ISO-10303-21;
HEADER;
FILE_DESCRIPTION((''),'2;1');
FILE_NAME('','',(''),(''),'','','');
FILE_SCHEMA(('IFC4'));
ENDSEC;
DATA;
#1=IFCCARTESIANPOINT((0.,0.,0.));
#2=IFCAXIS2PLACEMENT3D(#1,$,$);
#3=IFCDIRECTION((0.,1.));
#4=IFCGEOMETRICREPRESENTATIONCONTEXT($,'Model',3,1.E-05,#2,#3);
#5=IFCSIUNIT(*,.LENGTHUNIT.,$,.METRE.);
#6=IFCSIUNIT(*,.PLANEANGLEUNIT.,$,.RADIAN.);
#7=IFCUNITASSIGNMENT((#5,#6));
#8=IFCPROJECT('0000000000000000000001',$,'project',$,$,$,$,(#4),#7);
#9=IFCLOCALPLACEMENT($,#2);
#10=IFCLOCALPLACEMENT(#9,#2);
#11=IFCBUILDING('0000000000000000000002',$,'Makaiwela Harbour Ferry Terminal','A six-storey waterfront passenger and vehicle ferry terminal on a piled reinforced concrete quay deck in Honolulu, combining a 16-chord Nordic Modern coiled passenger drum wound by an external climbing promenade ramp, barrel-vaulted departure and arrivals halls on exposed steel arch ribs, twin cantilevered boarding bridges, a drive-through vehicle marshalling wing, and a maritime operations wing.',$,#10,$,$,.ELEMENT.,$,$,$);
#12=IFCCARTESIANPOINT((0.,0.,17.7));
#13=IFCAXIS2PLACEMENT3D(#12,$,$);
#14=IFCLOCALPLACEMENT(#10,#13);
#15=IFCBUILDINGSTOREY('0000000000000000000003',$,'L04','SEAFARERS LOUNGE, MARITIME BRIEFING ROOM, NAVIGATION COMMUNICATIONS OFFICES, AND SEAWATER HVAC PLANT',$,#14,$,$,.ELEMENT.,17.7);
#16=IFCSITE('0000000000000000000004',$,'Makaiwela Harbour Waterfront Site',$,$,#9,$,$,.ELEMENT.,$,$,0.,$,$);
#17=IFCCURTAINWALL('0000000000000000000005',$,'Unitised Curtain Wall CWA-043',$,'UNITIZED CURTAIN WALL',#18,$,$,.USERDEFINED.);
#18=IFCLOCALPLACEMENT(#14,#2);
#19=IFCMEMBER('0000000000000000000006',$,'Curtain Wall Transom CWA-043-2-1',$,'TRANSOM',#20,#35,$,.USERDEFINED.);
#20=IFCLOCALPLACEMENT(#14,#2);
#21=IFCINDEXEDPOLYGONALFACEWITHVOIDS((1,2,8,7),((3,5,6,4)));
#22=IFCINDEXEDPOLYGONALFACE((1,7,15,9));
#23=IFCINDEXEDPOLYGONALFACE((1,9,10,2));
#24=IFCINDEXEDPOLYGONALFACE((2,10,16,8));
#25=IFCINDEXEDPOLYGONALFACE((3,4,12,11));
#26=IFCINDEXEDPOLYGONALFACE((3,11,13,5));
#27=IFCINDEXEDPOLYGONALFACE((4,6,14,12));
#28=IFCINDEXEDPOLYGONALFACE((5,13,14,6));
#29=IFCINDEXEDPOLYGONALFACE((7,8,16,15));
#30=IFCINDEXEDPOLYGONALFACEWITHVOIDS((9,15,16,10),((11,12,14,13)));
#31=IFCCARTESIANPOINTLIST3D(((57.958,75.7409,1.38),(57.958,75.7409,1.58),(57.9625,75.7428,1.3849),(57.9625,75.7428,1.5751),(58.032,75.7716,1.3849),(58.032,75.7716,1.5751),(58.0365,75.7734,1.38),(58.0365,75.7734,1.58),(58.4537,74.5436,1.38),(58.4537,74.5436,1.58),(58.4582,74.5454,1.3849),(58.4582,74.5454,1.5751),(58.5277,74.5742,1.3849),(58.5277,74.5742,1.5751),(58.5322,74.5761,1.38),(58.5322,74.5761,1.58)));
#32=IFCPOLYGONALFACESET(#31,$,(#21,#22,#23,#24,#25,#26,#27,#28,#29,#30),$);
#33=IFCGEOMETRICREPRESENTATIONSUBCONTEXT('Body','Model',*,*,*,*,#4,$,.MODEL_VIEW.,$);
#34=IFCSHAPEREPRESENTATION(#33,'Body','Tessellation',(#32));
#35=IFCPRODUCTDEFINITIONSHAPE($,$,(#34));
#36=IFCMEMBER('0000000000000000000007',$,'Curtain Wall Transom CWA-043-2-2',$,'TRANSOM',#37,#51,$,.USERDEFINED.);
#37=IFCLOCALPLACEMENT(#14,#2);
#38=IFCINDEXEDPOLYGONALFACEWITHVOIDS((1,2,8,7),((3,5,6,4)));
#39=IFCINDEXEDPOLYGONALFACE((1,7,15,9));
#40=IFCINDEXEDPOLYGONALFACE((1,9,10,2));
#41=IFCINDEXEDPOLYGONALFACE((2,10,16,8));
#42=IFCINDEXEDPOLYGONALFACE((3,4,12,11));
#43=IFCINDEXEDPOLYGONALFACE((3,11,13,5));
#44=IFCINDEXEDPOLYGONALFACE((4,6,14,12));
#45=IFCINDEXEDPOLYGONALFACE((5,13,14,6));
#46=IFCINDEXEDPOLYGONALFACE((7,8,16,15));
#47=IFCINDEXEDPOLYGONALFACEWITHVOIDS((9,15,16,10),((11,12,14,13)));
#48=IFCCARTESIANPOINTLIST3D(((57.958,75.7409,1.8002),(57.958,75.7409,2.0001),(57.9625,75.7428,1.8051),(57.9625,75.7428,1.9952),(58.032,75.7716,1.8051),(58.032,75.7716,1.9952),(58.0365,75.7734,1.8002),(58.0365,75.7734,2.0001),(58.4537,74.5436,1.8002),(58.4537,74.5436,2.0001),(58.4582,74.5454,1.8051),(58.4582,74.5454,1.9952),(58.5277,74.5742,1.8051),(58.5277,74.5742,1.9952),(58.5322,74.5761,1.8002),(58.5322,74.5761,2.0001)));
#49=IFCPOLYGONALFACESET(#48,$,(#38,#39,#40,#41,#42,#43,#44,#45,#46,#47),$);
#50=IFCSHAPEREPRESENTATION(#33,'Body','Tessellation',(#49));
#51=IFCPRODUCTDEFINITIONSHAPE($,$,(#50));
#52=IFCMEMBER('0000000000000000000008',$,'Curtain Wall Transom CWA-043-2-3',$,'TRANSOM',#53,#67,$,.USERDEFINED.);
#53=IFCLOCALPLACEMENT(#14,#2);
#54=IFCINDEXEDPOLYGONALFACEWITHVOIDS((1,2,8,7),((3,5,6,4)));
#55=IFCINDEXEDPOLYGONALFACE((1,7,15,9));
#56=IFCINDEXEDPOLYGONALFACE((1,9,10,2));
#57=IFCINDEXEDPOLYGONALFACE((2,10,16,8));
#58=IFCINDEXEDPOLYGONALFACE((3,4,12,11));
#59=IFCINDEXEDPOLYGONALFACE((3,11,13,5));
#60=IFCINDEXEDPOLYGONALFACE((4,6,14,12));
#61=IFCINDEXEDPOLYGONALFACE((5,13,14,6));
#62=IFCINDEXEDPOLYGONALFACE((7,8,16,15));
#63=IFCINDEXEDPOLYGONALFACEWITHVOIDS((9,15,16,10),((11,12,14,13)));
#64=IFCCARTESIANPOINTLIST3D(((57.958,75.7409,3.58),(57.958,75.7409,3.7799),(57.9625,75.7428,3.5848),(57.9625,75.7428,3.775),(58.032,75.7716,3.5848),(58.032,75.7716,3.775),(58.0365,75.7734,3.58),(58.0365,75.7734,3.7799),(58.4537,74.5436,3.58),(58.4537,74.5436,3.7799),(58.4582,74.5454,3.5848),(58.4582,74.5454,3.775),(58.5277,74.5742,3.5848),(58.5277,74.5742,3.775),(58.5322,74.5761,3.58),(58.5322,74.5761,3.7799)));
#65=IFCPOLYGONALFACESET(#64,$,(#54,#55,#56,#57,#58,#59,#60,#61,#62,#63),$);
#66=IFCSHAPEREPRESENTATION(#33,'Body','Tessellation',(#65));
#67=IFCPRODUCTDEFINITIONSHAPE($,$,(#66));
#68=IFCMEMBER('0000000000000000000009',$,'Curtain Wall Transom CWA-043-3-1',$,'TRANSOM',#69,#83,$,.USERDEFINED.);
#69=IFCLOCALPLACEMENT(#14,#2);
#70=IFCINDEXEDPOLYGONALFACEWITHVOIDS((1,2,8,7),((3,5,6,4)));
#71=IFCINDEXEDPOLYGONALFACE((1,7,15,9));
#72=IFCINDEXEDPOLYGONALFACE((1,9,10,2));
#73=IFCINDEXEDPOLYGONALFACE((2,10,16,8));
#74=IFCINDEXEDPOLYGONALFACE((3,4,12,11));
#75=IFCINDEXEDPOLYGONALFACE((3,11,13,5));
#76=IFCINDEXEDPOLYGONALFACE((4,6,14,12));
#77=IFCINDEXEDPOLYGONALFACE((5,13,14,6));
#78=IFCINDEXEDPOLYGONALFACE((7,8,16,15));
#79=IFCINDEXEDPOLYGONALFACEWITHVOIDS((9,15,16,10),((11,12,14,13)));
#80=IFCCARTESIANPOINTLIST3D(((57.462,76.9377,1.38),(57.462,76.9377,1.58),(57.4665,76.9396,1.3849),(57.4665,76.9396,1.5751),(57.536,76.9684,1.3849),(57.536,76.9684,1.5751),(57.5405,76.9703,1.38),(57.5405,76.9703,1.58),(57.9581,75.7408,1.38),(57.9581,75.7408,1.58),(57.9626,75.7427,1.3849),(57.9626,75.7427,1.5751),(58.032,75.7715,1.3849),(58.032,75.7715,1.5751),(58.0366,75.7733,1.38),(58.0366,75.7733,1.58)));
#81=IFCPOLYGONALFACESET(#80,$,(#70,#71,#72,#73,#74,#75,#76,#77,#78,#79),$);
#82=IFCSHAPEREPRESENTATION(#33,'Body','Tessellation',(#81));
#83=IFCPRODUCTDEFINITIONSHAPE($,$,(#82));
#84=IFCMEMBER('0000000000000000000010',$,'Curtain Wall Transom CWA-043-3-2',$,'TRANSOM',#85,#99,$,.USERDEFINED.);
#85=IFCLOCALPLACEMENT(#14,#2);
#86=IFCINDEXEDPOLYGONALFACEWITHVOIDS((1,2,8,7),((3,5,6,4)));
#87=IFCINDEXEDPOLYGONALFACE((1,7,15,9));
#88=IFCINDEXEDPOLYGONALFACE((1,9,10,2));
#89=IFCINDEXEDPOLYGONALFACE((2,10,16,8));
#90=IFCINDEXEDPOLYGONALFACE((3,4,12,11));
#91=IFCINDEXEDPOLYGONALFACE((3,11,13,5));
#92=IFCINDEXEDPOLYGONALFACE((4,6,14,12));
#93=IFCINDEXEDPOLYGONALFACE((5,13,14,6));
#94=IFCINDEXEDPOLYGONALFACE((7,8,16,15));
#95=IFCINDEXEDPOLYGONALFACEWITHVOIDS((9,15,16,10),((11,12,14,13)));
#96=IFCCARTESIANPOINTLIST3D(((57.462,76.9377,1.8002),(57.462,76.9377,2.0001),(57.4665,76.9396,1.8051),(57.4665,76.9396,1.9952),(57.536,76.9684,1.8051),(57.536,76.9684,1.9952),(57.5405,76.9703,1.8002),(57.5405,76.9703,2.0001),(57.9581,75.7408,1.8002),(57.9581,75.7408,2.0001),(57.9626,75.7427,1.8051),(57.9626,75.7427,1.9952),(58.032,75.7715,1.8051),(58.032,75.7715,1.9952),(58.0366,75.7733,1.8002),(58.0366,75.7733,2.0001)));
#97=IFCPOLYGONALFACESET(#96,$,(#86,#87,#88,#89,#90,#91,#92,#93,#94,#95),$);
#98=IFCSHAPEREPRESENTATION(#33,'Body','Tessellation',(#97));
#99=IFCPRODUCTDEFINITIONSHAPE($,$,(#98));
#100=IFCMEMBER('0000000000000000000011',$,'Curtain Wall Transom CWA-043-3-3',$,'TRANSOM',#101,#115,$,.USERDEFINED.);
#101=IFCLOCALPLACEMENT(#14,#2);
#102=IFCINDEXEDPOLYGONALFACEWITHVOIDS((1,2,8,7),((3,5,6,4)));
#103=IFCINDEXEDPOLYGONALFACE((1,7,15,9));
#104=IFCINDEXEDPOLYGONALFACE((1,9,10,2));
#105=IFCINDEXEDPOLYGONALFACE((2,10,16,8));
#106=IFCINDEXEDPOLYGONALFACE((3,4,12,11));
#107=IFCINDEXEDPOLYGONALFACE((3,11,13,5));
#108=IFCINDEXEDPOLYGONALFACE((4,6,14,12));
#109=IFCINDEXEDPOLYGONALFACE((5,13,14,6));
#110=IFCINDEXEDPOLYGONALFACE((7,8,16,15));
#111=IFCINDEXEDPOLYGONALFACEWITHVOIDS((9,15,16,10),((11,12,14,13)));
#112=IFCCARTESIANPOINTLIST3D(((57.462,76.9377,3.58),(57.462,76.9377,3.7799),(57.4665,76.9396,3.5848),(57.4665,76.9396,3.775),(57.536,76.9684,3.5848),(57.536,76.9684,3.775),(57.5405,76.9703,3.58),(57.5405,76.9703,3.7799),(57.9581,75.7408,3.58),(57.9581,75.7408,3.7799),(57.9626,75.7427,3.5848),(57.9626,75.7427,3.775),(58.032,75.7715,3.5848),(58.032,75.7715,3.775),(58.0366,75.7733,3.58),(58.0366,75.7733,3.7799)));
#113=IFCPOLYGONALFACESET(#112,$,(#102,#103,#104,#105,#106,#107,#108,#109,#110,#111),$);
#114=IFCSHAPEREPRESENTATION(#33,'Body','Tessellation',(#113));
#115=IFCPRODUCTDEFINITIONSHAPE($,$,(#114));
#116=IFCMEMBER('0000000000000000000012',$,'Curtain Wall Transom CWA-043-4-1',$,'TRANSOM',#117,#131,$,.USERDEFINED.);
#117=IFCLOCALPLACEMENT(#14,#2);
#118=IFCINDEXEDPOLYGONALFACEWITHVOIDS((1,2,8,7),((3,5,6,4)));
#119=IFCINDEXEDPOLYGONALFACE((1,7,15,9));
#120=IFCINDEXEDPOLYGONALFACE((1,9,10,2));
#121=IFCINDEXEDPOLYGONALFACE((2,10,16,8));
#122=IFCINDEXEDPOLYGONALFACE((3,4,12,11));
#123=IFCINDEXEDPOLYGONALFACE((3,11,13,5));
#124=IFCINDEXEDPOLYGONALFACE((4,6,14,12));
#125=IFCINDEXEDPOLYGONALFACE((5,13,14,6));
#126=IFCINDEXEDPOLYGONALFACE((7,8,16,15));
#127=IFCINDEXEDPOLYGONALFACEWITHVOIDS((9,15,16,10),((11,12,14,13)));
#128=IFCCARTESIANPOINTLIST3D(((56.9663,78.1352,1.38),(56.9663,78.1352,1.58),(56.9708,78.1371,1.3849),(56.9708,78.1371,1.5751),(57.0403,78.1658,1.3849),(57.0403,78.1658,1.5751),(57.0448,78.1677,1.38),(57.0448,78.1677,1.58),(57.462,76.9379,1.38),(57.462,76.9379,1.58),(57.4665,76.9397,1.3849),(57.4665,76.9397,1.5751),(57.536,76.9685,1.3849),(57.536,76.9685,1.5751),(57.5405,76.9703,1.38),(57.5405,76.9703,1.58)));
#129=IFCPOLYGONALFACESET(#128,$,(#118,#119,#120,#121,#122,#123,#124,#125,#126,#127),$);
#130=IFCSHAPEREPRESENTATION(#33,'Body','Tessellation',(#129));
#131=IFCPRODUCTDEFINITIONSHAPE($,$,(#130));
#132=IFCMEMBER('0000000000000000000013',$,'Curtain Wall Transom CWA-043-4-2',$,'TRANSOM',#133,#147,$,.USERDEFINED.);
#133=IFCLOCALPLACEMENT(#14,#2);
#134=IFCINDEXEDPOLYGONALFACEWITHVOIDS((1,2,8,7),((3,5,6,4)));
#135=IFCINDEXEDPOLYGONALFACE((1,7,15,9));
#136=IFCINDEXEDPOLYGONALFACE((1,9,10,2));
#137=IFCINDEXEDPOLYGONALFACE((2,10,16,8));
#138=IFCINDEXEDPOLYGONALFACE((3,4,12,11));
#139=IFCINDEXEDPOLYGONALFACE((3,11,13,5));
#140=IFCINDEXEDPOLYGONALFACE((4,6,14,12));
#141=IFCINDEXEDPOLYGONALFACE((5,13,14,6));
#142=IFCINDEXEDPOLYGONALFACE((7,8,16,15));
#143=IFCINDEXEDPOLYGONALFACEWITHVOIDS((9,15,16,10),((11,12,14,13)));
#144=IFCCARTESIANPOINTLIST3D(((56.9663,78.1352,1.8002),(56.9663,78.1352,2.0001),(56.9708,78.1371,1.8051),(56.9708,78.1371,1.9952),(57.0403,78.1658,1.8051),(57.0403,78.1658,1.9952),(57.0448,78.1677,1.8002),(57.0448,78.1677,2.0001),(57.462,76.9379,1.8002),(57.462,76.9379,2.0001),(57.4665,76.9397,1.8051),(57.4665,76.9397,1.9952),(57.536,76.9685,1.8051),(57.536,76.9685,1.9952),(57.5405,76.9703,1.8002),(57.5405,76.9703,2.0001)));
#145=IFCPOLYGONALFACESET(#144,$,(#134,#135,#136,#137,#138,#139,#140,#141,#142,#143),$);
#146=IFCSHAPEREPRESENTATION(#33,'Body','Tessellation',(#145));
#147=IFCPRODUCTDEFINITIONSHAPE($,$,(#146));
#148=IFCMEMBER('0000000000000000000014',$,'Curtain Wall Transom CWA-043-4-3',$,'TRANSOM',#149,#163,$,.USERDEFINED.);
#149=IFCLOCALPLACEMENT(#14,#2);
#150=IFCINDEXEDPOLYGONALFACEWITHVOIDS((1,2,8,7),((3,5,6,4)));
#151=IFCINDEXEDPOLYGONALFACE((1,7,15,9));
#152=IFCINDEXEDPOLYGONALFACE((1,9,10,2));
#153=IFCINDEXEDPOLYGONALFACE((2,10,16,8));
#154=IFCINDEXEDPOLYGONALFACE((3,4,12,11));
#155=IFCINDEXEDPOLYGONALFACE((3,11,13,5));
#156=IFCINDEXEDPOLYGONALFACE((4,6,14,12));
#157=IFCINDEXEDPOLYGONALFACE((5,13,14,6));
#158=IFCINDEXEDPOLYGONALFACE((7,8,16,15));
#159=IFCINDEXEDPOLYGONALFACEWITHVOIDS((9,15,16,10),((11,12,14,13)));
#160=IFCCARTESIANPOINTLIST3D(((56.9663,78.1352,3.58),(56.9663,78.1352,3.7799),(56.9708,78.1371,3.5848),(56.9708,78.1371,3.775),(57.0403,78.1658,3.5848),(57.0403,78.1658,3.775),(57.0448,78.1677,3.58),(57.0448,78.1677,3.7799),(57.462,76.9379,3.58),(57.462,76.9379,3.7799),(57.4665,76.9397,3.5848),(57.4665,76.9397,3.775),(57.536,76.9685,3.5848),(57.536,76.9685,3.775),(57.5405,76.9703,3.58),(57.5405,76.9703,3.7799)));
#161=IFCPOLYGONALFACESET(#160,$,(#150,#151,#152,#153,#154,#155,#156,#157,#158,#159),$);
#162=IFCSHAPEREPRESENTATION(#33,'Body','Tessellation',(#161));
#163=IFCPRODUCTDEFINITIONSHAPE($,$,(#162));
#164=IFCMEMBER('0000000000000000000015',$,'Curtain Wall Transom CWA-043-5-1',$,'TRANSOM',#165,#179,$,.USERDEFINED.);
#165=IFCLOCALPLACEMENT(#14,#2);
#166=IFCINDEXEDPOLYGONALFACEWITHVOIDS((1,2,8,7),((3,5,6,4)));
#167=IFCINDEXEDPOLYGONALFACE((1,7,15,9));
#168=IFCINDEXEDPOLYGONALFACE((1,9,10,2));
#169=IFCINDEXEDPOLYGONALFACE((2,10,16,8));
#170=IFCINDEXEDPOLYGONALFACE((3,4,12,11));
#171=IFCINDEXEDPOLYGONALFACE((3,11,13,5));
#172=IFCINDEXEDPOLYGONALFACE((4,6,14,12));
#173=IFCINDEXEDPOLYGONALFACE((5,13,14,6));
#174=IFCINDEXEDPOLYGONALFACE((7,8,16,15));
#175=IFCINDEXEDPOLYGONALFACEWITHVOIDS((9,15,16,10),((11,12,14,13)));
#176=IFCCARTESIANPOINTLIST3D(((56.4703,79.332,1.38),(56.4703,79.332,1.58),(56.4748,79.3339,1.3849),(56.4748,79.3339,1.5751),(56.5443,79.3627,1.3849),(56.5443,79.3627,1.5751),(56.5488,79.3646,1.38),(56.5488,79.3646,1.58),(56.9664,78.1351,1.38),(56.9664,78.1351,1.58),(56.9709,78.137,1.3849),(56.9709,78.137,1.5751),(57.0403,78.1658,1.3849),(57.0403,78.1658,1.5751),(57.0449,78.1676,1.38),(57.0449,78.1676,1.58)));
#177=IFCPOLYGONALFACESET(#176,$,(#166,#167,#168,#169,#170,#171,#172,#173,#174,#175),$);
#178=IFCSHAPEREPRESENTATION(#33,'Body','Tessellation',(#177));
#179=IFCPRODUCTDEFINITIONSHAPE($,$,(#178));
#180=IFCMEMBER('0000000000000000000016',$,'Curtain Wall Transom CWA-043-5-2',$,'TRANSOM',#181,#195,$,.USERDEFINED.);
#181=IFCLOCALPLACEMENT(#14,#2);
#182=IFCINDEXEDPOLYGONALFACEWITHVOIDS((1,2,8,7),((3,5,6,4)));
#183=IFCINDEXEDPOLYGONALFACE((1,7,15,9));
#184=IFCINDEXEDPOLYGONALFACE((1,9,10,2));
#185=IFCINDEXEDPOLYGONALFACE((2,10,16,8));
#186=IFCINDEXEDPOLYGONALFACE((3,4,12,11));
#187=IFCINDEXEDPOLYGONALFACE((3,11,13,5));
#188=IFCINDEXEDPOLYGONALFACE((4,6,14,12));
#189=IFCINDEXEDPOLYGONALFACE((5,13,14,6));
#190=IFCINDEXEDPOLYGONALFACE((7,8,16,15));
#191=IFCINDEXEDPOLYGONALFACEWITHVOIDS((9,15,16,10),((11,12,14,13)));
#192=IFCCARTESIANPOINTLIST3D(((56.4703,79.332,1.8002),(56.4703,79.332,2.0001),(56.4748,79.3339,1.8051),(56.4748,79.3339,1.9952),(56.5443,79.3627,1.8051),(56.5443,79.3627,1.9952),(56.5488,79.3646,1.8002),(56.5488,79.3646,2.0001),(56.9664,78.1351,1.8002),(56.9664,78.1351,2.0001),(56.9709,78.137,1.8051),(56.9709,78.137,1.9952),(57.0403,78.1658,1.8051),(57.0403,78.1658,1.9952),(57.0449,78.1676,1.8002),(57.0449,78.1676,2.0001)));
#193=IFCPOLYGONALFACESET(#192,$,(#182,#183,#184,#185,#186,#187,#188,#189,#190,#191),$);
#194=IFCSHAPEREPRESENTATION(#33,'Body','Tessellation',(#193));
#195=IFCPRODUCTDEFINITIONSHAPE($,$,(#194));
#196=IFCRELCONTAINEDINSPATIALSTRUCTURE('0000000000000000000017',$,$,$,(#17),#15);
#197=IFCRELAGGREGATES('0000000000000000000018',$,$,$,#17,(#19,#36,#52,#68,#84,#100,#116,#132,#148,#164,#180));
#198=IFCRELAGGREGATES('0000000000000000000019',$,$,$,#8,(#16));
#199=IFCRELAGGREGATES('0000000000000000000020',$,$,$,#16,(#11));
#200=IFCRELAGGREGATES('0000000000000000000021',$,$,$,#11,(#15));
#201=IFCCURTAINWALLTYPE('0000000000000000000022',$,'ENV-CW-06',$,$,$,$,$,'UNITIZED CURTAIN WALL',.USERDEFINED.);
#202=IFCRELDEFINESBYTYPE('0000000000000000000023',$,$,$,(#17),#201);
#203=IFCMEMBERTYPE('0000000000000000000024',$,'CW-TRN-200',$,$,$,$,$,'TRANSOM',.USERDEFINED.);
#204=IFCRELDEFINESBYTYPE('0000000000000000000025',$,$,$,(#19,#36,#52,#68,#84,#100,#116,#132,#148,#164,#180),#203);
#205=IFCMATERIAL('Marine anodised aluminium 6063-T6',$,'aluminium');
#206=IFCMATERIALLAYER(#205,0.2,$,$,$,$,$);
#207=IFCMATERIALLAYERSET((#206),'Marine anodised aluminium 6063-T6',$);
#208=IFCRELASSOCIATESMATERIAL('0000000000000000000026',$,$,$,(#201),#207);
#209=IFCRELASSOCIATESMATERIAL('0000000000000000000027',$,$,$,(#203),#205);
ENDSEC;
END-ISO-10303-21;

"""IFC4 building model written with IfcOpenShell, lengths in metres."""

from ifc_helpers import new_model, si_unit, direction, frame, origin, origin_2d, place, context, subcontext, project, spatial, hollow_rectangle, extrude, material, layer, layer_set, material_profile, profile_set, type_object, element, aggregate, save


model = new_model("IFC4")

# Units and contexts
model_context = context("Model", 3, precision=1e-05, world=origin(), true_north=direction((0.0, 1.0)))
body_context = subcontext(model_context, "Body", "Model", "MODEL_VIEW")
ifc_project = project(units=[si_unit("LENGTHUNIT", "METRE"), si_unit("PLANEANGLEUNIT", "RADIAN")], contexts=[model_context])

# Site, building, storey
site_placement = place(None, origin())
site = spatial("IfcSite", under=ifc_project, at=site_placement, Name="Makaiwela Harbour Waterfront Site", CompositionType="ELEMENT", RefElevation=0.0)
building_placement = place(site_placement, origin())
building = spatial("IfcBuilding", under=site, at=building_placement, Name="Makaiwela Harbour Ferry Terminal", Description="A six-storey waterfront passenger and vehicle ferry terminal on a piled reinforced concrete quay deck in Honolulu, combining a 16-chord Nordic Modern coiled passenger drum wound by an external climbing promenade ramp, barrel-vaulted departure and arrivals halls on exposed steel arch ribs, twin cantilevered boarding bridges, a drive-through vehicle marshalling wing, and a maritime operations wing.", CompositionType="ELEMENT")
storey_placement = place(building_placement, frame((0.0, 0.0, 17.7)))
storey = spatial("IfcBuildingStorey", under=building, at=storey_placement, Name="L04", Description="SEAFARERS LOUNGE, MARITIME BRIEFING ROOM, NAVIGATION COMMUNICATIONS OFFICES, AND SEAWATER HVAC PLANT", CompositionType="ELEMENT", Elevation=17.7)

# Curtain wall, members
ifc_material_1 = material(Name="Marine anodised aluminium 6063-T6", Category="aluminium")
ifc_layer_1 = layer(ifc_material_1, 0.2)
ifc_layer_set_1 = layer_set([ifc_layer_1], Name="Marine anodised aluminium 6063-T6")
curtain_wall_type = type_object("IfcCurtainWallType", Name="ENV-CW-06", ElementType="UNITIZED CURTAIN WALL", PredefinedType="USERDEFINED", material=ifc_layer_set_1)
curtain_wall_placement = place(storey_placement, origin())
curtain_wall = element("IfcCurtainWall", 1, at=curtain_wall_placement, inside=storey, type_object=curtain_wall_type, Name="Unitised Curtain Wall CWA-043", ObjectType="UNITIZED CURTAIN WALL", PredefinedType="USERDEFINED")
ifc_material_profile_1 = material_profile(ifc_material_1, hollow_rectangle(XDim=0.085, YDim=0.2, WallThickness=0.0049, at=origin_2d()), Name="CWT-200X85")
ifc_profile_set_1 = profile_set([ifc_material_profile_1], Name="Marine anodised aluminium 6063-T6")
member_type_1 = type_object("IfcMemberType", Name="CW-TRN-200", ElementType="TRANSOM", PredefinedType="USERDEFINED", material=ifc_profile_set_1)
member_1_placement = place(storey_placement, frame((58.4929, 74.5598, 1.48), z_axis=(-0.382474, 0.923966, 0.0), x_axis=(-0.923966, -0.382474, 0.0)))
member_1 = element("IfcMember", 2, at=member_1_placement, type_object=member_type_1, Name="Curtain Wall Transom CWA-043-2-1", ObjectType="TRANSOM", PredefinedType="USERDEFINED", context=body_context, shape_type="SweptSolid", body=[
    extrude(hollow_rectangle(XDim=0.085, YDim=0.2, WallThickness=0.0049, at=origin_2d()), origin(), (0.0, 0.0, 1.0), 1.2959),
])
member_2_placement = place(storey_placement, frame((58.4929, 74.5598, 1.9001), z_axis=(-0.382474, 0.923966, 0.0), x_axis=(-0.923966, -0.382474, 0.0)))
member_2 = element("IfcMember", 3, at=member_2_placement, type_object=member_type_1, Name="Curtain Wall Transom CWA-043-2-2", ObjectType="TRANSOM", PredefinedType="USERDEFINED", context=body_context, shape_type="SweptSolid", body=[
    extrude(hollow_rectangle(XDim=0.085, YDim=0.2, WallThickness=0.0049, at=origin_2d()), origin(), (0.0, 0.0, 1.0), 1.2959),
])
member_3_placement = place(storey_placement, frame((58.4929, 74.5598, 3.6799), z_axis=(-0.382474, 0.923966, 0.0), x_axis=(-0.923966, -0.382474, 0.0)))
member_3 = element("IfcMember", 4, at=member_3_placement, type_object=member_type_1, Name="Curtain Wall Transom CWA-043-2-3", ObjectType="TRANSOM", PredefinedType="USERDEFINED", context=body_context, shape_type="SweptSolid", body=[
    extrude(hollow_rectangle(XDim=0.085, YDim=0.2, WallThickness=0.0049, at=origin_2d()), origin(), (0.0, 0.0, 1.0), 1.2959),
])
member_4_placement = place(storey_placement, frame((57.9973, 75.7571, 1.48), z_axis=(-0.382862, 0.923806, 0.0), x_axis=(-0.923806, -0.382862, 0.0)))
member_4 = element("IfcMember", 5, at=member_4_placement, type_object=member_type_1, Name="Curtain Wall Transom CWA-043-3-1", ObjectType="TRANSOM", PredefinedType="USERDEFINED", context=body_context, shape_type="SweptSolid", body=[
    extrude(hollow_rectangle(XDim=0.085, YDim=0.2, WallThickness=0.0049, at=origin_2d()), origin(), (0.0, 0.0, 1.0), 1.2957),
])
member_5_placement = place(storey_placement, frame((57.9973, 75.7571, 1.9001), z_axis=(-0.382862, 0.923806, 0.0), x_axis=(-0.923806, -0.382862, 0.0)))
member_5 = element("IfcMember", 6, at=member_5_placement, type_object=member_type_1, Name="Curtain Wall Transom CWA-043-3-2", ObjectType="TRANSOM", PredefinedType="USERDEFINED", context=body_context, shape_type="SweptSolid", body=[
    extrude(hollow_rectangle(XDim=0.085, YDim=0.2, WallThickness=0.0049, at=origin_2d()), origin(), (0.0, 0.0, 1.0), 1.2957),
])
member_6_placement = place(storey_placement, frame((57.9973, 75.7571, 3.6799), z_axis=(-0.382862, 0.923806, 0.0), x_axis=(-0.923806, -0.382862, 0.0)))
member_6 = element("IfcMember", 7, at=member_6_placement, type_object=member_type_1, Name="Curtain Wall Transom CWA-043-3-3", ObjectType="TRANSOM", PredefinedType="USERDEFINED", context=body_context, shape_type="SweptSolid", body=[
    extrude(hollow_rectangle(XDim=0.085, YDim=0.2, WallThickness=0.0049, at=origin_2d()), origin(), (0.0, 0.0, 1.0), 1.2957),
])
member_7_placement = place(storey_placement, frame((57.5012, 76.9541, 1.48), z_axis=(-0.382474, 0.923966, 0.0), x_axis=(-0.923966, -0.382474, 0.0)))
member_7 = element("IfcMember", 8, at=member_7_placement, type_object=member_type_1, Name="Curtain Wall Transom CWA-043-4-1", ObjectType="TRANSOM", PredefinedType="USERDEFINED", context=body_context, shape_type="SweptSolid", body=[
    extrude(hollow_rectangle(XDim=0.085, YDim=0.2, WallThickness=0.0049, at=origin_2d()), origin(), (0.0, 0.0, 1.0), 1.2959),
])
member_8_placement = place(storey_placement, frame((57.5012, 76.9541, 1.9001), z_axis=(-0.382474, 0.923966, 0.0), x_axis=(-0.923966, -0.382474, 0.0)))
member_8 = element("IfcMember", 9, at=member_8_placement, type_object=member_type_1, Name="Curtain Wall Transom CWA-043-4-2", ObjectType="TRANSOM", PredefinedType="USERDEFINED", context=body_context, shape_type="SweptSolid", body=[
    extrude(hollow_rectangle(XDim=0.085, YDim=0.2, WallThickness=0.0049, at=origin_2d()), origin(), (0.0, 0.0, 1.0), 1.2959),
])
member_9_placement = place(storey_placement, frame((57.5012, 76.9541, 3.6799), z_axis=(-0.382474, 0.923966, 0.0), x_axis=(-0.923966, -0.382474, 0.0)))
member_9 = element("IfcMember", 10, at=member_9_placement, type_object=member_type_1, Name="Curtain Wall Transom CWA-043-4-3", ObjectType="TRANSOM", PredefinedType="USERDEFINED", context=body_context, shape_type="SweptSolid", body=[
    extrude(hollow_rectangle(XDim=0.085, YDim=0.2, WallThickness=0.0049, at=origin_2d()), origin(), (0.0, 0.0, 1.0), 1.2959),
])
member_10_placement = place(storey_placement, frame((57.0056, 78.1514, 1.48), z_axis=(-0.382862, 0.923806, 0.0), x_axis=(-0.923806, -0.382862, 0.0)))
member_10 = element("IfcMember", 11, at=member_10_placement, type_object=member_type_1, Name="Curtain Wall Transom CWA-043-5-1", ObjectType="TRANSOM", PredefinedType="USERDEFINED", context=body_context, shape_type="SweptSolid", body=[
    extrude(hollow_rectangle(XDim=0.085, YDim=0.2, WallThickness=0.0049, at=origin_2d()), origin(), (0.0, 0.0, 1.0), 1.2957),
])
member_11_placement = place(storey_placement, frame((57.0056, 78.1514, 1.9001), z_axis=(-0.382862, 0.923806, 0.0), x_axis=(-0.923806, -0.382862, 0.0)))
member_11 = element("IfcMember", 12, at=member_11_placement, type_object=member_type_1, Name="Curtain Wall Transom CWA-043-5-2", ObjectType="TRANSOM", PredefinedType="USERDEFINED", context=body_context, shape_type="SweptSolid", body=[
    extrude(hollow_rectangle(XDim=0.085, YDim=0.2, WallThickness=0.0049, at=origin_2d()), origin(), (0.0, 0.0, 1.0), 1.2957),
])

aggregate(curtain_wall, [member_1, member_2, member_3, member_4, member_5, member_6, member_7, member_8, member_9, member_10, member_11])

save(model, "model.ifc")
